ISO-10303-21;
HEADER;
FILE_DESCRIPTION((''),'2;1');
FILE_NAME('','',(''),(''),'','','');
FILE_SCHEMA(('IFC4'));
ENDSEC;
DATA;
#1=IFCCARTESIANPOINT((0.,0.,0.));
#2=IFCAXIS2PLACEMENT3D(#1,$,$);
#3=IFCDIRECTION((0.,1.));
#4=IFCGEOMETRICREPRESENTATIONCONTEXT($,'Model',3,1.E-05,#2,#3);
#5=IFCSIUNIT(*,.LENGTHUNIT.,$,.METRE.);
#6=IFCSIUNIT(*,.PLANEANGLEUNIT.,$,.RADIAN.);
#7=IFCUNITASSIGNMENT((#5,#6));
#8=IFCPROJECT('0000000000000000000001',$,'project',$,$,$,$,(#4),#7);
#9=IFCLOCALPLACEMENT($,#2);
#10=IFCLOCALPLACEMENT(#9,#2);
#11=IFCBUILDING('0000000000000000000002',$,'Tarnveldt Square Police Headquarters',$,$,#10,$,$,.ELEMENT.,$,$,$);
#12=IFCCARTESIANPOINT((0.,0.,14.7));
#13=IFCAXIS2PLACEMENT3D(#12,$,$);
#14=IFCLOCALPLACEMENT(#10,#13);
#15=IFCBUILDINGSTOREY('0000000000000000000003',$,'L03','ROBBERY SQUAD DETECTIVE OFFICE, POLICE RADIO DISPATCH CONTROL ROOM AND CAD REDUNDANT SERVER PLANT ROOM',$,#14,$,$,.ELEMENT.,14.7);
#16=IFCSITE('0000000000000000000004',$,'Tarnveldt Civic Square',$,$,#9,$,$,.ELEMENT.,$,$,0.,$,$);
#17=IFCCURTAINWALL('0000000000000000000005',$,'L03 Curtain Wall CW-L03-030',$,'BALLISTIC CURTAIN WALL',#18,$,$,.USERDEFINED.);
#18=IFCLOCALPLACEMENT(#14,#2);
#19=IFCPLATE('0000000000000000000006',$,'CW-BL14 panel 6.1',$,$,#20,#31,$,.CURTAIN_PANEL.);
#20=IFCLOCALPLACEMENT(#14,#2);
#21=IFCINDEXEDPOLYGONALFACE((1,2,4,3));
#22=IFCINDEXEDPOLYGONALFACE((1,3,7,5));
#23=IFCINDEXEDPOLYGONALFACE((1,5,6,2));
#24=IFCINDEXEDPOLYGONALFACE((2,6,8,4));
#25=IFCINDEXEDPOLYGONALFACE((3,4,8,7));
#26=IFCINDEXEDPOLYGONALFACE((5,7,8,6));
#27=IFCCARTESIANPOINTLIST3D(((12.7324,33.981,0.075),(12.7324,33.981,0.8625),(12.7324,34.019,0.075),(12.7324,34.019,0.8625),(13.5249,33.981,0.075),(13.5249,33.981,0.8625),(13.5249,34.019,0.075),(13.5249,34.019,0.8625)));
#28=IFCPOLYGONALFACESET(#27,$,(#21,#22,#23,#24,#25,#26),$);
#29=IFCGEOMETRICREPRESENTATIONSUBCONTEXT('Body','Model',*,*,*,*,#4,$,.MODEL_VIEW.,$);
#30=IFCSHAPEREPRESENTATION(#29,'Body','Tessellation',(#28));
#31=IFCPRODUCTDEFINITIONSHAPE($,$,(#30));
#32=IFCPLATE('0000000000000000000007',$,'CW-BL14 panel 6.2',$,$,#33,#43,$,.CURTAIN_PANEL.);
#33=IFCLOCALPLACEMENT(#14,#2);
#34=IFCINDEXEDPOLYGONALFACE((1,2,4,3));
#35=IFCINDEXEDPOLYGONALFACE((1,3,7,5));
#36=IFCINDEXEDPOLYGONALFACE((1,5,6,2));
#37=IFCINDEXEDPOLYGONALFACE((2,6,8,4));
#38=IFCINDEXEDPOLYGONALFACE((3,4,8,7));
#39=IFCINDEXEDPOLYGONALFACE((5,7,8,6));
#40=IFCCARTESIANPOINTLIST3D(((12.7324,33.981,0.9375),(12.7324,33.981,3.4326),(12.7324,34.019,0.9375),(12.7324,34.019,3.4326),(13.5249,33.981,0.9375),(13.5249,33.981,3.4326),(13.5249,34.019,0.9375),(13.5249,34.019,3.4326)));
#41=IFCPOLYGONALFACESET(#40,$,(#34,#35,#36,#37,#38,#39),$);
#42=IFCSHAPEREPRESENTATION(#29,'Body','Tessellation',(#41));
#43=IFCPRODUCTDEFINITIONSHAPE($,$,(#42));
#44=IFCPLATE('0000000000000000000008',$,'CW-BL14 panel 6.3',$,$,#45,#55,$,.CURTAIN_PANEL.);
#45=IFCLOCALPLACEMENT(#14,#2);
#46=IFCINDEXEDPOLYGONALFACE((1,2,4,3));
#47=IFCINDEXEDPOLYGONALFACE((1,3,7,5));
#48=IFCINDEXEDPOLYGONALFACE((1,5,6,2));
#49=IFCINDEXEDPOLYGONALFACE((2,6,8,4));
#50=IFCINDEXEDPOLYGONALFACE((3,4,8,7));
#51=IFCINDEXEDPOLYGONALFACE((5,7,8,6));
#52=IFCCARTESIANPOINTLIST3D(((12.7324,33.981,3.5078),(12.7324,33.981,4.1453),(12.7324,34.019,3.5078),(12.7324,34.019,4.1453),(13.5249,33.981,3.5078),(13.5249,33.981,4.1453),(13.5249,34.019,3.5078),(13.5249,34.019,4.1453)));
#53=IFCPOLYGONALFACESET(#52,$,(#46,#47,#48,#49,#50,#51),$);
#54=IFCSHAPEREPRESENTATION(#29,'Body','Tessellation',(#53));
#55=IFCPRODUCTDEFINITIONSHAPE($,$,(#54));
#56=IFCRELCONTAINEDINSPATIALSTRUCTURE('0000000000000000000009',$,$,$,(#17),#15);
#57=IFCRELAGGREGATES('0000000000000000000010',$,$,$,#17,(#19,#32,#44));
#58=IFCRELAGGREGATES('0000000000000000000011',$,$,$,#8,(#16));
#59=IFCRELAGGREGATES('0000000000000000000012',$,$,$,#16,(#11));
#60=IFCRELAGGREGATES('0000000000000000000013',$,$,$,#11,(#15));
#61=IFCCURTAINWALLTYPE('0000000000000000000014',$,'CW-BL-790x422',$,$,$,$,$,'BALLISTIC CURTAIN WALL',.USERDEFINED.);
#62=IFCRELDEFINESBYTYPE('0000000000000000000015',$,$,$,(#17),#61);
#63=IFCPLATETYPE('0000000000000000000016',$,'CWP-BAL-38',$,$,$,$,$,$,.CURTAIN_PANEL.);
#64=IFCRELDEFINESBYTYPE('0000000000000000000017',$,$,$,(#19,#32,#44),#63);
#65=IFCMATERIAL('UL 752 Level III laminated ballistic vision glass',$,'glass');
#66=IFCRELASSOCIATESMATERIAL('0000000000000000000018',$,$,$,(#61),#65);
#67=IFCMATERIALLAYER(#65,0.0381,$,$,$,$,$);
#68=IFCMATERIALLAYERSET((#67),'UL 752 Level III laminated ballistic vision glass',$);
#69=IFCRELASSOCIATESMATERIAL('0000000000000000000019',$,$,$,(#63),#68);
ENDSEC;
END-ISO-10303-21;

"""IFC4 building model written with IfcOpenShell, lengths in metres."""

from ifc_helpers import new_model, si_unit, direction, frame, origin, origin_2d, place, context, subcontext, project, spatial, rectangle, extrude, material, layer, layer_set, type_object, element, aggregate, save


model = new_model("IFC4")

# Units and contexts
model_context = context("Model", 3, precision=1e-05, world=origin(), true_north=direction((0.0, 1.0)))
body_context = subcontext(model_context, "Body", "Model", "MODEL_VIEW")
ifc_project = project(units=[si_unit("LENGTHUNIT", "METRE"), si_unit("PLANEANGLEUNIT", "RADIAN")], contexts=[model_context])

# Site, building, storey
site_placement = place(None, origin())
site = spatial("IfcSite", under=ifc_project, at=site_placement, Name="Tarnveldt Civic Square", CompositionType="ELEMENT", RefElevation=0.0)
building_placement = place(site_placement, origin())
building = spatial("IfcBuilding", under=site, at=building_placement, Name="Tarnveldt Square Police Headquarters", CompositionType="ELEMENT")
storey_placement = place(building_placement, frame((0.0, 0.0, 14.7)))
storey = spatial("IfcBuildingStorey", under=building, at=storey_placement, Name="L03", Description="ROBBERY SQUAD DETECTIVE OFFICE, POLICE RADIO DISPATCH CONTROL ROOM AND CAD REDUNDANT SERVER PLANT ROOM", CompositionType="ELEMENT", Elevation=14.7)

# Curtain wall, plates
ifc_material_1 = material(Name="UL 752 Level III laminated ballistic vision glass", Category="glass")
curtain_wall_type = type_object("IfcCurtainWallType", Name="CW-BL-790x422", ElementType="BALLISTIC CURTAIN WALL", PredefinedType="USERDEFINED", material=ifc_material_1)
curtain_wall_placement = place(storey_placement, origin())
curtain_wall = element("IfcCurtainWall", 1, at=curtain_wall_placement, inside=storey, type_object=curtain_wall_type, Name="L03 Curtain Wall CW-L03-030", ObjectType="BALLISTIC CURTAIN WALL", PredefinedType="USERDEFINED")
ifc_layer = layer(ifc_material_1, 0.0381)
ifc_layer_set = layer_set([ifc_layer], Name="UL 752 Level III laminated ballistic vision glass")
plate_type = type_object("IfcPlateType", Name="CWP-BAL-38", PredefinedType="CURTAIN_PANEL", material=ifc_layer_set)
plate_1_placement = place(storey_placement, frame((13.1287, 34.0, 0.075), z_axis=(0.0, 0.0, 1.0), x_axis=(1.0, 0.0, 0.0)))
plate_1 = element("IfcPlate", 2, at=plate_1_placement, type_object=plate_type, Name="CW-BL14 panel 6.1", PredefinedType="CURTAIN_PANEL", context=body_context, shape_type="SweptSolid", body=[
    extrude(rectangle(XDim=0.7925, YDim=0.0381, at=origin_2d()), origin(), (0.0, 0.0, 1.0), 0.7876),
])
plate_2_placement = place(storey_placement, frame((13.1287, 34.0, 0.9375), z_axis=(0.0, 0.0, 1.0), x_axis=(1.0, 0.0, 0.0)))
plate_2 = element("IfcPlate", 3, at=plate_2_placement, type_object=plate_type, Name="CW-BL14 panel 6.2", PredefinedType="CURTAIN_PANEL", context=body_context, shape_type="SweptSolid", body=[
    extrude(rectangle(XDim=0.7925, YDim=0.0381, at=origin_2d()), origin(), (0.0, 0.0, 1.0), 2.4951),
])
plate_3_placement = place(storey_placement, frame((13.1287, 34.0, 3.5078), z_axis=(0.0, 0.0, 1.0), x_axis=(1.0, 0.0, 0.0)))
plate_3 = element("IfcPlate", 4, at=plate_3_placement, type_object=plate_type, Name="CW-BL14 panel 6.3", PredefinedType="CURTAIN_PANEL", context=body_context, shape_type="SweptSolid", body=[
    extrude(rectangle(XDim=0.7925, YDim=0.0381, at=origin_2d()), origin(), (0.0, 0.0, 1.0), 0.6375),
])
aggregate(curtain_wall, [plate_1, plate_2, plate_3])

save(model, "model.ifc")
